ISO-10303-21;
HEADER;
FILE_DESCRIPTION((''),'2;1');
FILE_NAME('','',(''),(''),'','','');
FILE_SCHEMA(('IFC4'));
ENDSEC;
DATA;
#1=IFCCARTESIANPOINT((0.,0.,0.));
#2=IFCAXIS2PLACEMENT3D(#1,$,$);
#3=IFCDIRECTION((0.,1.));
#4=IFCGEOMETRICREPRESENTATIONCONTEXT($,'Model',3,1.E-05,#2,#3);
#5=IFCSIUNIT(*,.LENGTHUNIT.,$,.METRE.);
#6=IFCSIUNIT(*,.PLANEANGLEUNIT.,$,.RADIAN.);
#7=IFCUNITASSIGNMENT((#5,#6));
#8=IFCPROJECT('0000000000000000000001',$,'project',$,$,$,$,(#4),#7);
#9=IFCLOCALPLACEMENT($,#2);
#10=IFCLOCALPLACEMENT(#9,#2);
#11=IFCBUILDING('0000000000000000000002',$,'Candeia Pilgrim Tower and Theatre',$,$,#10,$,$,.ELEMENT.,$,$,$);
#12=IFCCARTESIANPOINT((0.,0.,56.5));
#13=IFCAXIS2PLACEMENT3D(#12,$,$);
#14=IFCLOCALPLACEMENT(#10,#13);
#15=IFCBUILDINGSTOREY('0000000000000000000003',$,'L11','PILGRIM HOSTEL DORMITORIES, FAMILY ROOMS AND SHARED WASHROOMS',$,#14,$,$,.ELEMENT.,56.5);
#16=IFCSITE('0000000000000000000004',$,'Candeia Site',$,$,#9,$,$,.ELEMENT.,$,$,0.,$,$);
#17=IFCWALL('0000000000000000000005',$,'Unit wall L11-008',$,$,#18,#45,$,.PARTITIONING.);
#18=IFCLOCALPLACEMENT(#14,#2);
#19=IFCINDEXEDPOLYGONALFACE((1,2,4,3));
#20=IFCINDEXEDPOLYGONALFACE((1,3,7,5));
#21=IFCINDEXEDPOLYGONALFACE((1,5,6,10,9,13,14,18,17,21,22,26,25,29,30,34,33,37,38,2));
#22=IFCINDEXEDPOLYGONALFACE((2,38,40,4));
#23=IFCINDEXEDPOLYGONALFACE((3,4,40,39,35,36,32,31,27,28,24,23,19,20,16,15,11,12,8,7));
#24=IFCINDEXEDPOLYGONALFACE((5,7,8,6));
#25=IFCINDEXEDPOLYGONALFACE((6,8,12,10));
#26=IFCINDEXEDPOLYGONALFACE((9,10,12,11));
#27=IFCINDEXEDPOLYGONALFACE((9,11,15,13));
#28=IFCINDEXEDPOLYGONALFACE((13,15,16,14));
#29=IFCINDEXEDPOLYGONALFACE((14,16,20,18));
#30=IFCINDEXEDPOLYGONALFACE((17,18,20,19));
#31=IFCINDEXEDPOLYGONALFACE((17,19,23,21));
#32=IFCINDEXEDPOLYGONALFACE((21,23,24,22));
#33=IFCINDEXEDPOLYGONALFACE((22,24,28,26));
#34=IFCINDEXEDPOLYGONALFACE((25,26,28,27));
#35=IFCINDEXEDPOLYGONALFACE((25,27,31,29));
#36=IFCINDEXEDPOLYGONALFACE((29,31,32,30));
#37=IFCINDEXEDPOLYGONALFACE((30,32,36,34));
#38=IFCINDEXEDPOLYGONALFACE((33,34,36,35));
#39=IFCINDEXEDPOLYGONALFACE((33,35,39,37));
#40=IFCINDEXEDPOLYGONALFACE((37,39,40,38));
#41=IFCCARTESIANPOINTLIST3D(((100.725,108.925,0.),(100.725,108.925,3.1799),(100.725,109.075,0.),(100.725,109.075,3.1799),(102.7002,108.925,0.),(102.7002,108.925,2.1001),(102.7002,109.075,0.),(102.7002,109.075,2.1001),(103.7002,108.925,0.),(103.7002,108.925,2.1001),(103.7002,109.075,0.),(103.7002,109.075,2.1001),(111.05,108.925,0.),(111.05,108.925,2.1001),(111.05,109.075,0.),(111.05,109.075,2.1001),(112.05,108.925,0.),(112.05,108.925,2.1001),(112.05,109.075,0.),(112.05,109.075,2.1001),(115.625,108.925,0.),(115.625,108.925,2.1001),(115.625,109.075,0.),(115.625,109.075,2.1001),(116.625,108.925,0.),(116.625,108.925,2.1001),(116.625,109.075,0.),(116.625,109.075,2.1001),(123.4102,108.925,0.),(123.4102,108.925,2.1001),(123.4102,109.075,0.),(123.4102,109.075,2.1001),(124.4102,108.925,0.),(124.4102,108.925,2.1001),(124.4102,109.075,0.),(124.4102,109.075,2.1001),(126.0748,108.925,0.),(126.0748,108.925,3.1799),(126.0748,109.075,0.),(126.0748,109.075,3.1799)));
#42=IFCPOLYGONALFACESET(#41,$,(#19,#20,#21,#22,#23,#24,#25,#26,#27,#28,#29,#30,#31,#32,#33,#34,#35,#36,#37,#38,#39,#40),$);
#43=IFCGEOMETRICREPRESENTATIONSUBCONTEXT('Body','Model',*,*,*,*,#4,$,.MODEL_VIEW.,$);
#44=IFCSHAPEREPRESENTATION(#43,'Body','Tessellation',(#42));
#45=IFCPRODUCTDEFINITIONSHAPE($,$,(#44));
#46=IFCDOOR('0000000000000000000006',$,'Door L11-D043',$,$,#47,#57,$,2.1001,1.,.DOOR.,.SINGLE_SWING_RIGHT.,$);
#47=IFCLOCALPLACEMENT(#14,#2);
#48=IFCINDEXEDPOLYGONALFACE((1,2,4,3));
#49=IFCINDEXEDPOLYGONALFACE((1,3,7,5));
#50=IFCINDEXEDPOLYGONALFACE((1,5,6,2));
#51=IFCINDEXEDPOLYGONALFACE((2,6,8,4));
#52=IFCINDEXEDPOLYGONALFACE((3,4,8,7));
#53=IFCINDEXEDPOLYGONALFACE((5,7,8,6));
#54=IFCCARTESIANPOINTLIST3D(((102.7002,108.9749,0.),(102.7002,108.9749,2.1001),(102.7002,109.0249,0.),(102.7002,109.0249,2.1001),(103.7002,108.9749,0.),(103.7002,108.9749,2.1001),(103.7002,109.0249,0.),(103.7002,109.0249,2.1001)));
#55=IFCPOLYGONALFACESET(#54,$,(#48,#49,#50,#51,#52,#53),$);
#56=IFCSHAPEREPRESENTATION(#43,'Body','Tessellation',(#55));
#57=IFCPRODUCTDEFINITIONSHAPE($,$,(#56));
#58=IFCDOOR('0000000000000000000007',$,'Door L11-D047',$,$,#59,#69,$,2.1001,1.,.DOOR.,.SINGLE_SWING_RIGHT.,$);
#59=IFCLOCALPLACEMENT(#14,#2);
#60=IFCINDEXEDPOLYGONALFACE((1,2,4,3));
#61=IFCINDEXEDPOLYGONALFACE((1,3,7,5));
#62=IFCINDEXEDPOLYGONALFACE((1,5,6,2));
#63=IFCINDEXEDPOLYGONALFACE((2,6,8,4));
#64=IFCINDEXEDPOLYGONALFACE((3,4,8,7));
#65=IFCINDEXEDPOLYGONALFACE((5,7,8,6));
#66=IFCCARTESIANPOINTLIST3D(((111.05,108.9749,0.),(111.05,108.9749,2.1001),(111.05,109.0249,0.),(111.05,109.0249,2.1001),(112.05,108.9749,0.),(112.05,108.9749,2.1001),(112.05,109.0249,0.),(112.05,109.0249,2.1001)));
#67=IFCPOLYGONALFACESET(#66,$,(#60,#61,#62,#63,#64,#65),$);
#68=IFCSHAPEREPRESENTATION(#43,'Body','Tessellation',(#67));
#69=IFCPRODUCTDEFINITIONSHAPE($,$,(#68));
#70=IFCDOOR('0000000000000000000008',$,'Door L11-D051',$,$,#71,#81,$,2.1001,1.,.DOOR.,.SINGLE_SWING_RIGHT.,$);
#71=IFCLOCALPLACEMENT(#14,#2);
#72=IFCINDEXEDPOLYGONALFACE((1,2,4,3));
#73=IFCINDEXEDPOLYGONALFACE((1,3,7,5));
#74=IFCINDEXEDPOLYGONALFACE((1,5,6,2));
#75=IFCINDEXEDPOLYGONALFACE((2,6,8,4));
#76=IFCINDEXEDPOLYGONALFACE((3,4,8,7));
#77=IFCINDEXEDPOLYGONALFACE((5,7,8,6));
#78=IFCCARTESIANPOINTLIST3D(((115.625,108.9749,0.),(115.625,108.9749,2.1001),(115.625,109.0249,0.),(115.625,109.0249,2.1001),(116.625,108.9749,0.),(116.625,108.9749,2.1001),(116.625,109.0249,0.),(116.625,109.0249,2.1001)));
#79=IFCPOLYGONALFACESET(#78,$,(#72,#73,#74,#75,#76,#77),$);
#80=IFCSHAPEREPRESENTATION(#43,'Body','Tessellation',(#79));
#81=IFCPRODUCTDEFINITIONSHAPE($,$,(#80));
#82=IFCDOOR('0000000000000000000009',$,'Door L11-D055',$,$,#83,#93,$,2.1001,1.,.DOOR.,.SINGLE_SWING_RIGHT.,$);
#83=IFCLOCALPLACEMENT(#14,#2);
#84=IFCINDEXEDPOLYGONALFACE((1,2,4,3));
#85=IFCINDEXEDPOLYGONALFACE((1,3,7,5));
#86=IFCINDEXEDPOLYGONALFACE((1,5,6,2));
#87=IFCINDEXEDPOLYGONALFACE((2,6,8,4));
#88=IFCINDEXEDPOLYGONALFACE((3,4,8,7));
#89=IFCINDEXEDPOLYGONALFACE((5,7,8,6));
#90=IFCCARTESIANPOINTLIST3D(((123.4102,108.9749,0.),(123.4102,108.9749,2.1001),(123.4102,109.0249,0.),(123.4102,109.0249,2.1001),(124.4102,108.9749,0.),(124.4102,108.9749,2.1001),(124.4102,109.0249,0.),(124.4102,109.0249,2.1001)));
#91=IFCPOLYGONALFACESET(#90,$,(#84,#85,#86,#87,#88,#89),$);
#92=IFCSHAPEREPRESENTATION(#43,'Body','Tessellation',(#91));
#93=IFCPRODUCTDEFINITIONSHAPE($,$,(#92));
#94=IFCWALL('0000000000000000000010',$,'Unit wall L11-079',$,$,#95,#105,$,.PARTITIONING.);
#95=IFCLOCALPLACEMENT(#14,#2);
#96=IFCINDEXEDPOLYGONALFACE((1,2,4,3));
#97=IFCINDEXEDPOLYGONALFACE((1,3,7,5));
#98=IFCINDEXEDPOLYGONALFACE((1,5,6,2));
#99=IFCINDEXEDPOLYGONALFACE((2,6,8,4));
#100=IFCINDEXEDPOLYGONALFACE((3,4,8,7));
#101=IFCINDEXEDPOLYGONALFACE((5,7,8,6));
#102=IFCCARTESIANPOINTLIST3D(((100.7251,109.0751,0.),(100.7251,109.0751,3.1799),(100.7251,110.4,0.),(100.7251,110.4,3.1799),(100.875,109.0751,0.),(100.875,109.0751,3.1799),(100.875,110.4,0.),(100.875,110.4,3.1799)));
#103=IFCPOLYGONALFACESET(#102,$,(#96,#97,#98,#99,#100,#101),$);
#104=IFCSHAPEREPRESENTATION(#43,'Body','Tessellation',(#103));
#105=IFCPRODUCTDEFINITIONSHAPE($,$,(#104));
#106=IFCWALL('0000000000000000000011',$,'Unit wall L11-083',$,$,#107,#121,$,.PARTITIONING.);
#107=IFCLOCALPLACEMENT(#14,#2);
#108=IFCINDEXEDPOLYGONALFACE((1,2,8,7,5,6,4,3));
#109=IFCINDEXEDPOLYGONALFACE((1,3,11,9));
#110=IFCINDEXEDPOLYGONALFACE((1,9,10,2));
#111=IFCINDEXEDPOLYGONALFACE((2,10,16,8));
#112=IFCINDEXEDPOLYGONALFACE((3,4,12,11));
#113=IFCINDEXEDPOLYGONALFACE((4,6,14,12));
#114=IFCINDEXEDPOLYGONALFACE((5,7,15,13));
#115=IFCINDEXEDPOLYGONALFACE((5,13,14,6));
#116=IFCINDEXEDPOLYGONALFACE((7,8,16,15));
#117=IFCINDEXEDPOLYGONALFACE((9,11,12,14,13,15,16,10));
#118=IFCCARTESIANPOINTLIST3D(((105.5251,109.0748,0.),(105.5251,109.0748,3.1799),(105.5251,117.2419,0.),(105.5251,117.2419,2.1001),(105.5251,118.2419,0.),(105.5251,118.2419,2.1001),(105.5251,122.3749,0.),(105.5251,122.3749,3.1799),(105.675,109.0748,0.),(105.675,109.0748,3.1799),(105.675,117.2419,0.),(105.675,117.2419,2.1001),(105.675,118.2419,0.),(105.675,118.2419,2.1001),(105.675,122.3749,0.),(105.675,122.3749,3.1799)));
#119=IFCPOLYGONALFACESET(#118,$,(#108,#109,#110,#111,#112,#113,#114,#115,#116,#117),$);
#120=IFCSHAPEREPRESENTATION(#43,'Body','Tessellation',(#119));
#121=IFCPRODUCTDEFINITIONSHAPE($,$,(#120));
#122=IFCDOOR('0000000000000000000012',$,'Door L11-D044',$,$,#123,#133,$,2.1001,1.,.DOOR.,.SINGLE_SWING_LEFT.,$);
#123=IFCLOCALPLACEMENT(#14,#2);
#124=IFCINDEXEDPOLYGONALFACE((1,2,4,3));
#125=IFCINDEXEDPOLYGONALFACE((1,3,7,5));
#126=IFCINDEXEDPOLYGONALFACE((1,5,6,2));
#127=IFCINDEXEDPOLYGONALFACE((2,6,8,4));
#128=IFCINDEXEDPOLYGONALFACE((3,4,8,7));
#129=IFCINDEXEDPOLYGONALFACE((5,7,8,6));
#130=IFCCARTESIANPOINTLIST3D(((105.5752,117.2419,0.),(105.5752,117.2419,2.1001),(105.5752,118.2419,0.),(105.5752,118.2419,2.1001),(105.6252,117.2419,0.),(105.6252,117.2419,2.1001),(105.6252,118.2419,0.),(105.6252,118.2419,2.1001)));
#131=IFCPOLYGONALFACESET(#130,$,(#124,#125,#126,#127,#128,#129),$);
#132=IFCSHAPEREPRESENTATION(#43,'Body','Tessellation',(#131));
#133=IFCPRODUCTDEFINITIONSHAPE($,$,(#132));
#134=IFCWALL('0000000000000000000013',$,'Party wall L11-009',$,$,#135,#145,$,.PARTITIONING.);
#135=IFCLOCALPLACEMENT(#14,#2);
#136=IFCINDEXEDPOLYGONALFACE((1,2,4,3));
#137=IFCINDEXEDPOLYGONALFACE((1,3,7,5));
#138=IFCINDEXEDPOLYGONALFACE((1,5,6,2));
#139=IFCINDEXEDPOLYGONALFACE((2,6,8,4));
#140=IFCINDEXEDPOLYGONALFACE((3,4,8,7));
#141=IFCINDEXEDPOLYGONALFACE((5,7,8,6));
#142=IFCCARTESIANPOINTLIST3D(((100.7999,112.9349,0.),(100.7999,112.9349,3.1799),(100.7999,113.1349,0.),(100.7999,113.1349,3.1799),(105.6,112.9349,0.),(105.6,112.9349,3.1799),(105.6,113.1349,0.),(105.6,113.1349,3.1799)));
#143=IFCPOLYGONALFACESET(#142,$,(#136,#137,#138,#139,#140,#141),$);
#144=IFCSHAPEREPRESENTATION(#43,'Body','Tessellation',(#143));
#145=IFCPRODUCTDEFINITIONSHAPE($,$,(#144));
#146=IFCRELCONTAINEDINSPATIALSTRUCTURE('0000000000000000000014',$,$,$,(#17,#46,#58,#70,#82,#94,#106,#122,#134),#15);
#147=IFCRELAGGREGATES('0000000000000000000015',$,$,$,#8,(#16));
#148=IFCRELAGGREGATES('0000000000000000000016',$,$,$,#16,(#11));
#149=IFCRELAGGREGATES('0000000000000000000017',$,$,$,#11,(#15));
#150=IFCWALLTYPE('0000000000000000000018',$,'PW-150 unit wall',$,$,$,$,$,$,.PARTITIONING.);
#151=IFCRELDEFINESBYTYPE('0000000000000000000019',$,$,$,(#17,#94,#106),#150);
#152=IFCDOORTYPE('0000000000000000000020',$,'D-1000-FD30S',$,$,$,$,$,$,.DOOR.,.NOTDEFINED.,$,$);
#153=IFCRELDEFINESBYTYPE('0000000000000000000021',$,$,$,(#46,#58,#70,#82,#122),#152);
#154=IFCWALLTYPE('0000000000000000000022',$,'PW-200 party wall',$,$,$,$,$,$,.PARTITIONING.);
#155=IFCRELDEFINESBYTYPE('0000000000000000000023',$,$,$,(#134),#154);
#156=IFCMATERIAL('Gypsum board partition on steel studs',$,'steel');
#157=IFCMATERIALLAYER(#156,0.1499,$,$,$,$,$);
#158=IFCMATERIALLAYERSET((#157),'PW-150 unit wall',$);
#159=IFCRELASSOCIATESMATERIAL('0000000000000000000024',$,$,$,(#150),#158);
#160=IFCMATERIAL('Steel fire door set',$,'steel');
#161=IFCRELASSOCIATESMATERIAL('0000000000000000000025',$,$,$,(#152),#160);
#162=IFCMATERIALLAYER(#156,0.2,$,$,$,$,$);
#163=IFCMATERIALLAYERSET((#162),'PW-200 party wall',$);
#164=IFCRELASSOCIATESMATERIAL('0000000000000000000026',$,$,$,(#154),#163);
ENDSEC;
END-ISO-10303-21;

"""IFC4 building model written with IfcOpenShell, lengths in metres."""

from ifc_helpers import new_model, si_unit, direction, frame, frame_2d, origin, place, context, subcontext, project, spatial, rectangle, extrude, material, layer, layer_set, type_object, element, fill, save


model = new_model("IFC4")

# Units and contexts
model_context = context("Model", 3, precision=1e-05, world=origin(), true_north=direction((0.0, 1.0)))
body_context = subcontext(model_context, "Body", "Model", "MODEL_VIEW")
ifc_project = project(units=[si_unit("LENGTHUNIT", "METRE"), si_unit("PLANEANGLEUNIT", "RADIAN")], contexts=[model_context])

# Site, building, storey
site_placement = place(None, origin())
site = spatial("IfcSite", under=ifc_project, at=site_placement, Name="Candeia Site", CompositionType="ELEMENT", RefElevation=0.0)
building_placement = place(site_placement, origin())
building = spatial("IfcBuilding", under=site, at=building_placement, Name="Candeia Pilgrim Tower and Theatre", CompositionType="ELEMENT")
storey_placement = place(building_placement, frame((0.0, 0.0, 56.5)))
storey = spatial("IfcBuildingStorey", under=building, at=storey_placement, Name="L11", Description="PILGRIM HOSTEL DORMITORIES, FAMILY ROOMS AND SHARED WASHROOMS", CompositionType="ELEMENT", Elevation=56.5)

# Shared definitions
ifc_material_1 = material(Name="Steel fire door set", Category="steel")

# Shared definitions
ifc_material_2 = material(Name="Gypsum board partition on steel studs", Category="steel")

# Wall, openings, doors
ifc_layer_1 = layer(ifc_material_2, 0.1499)
ifc_layer_set_1 = layer_set([ifc_layer_1], Name="PW-150 unit wall")
wall_type_1 = type_object("IfcWallType", Name="PW-150 unit wall", PredefinedType="PARTITIONING", material=ifc_layer_set_1)
wall_1_placement = place(storey_placement, frame((100.7251, 109.0, 0.0), z_axis=(0.0, 0.0, 1.0), x_axis=(1.0, 0.0, 0.0)))
wall_1 = element("IfcWall", 1, at=wall_1_placement, inside=storey, type_object=wall_type_1, Name="Unit wall L11-008", PredefinedType="PARTITIONING", context=body_context, shape_type="SweptSolid", body=[
    extrude(rectangle(XDim=25.3499, YDim=0.1499, at=frame_2d((12.6748, 0.0))), origin(), (0.0, 0.0, 1.0), 3.1799),
])
opening_1_placement = place(wall_1_placement, frame((1.9751, 0.0, 0.0)))
opening_1 = element("IfcOpeningElement", 2, at=opening_1_placement, cuts=wall_1, PredefinedType="OPENING", context=body_context, shape_type="SweptSolid", body=[
    extrude(rectangle(XDim=1.0, YDim=2.1001, at=frame_2d((0.5, 1.05))), frame((0.0, 0.085, 0.0), z_axis=(0.0, -1.0, 0.0), x_axis=(1.0, 0.0, 0.0)), (0.0, 0.0, 1.0), 0.1699),
])
opening_2_placement = place(wall_1_placement, frame((10.325, 0.0, 0.0)))
opening_2 = element("IfcOpeningElement", 3, at=opening_2_placement, cuts=wall_1, PredefinedType="OPENING", context=body_context, shape_type="SweptSolid", body=[
    extrude(rectangle(XDim=1.0, YDim=2.1001, at=frame_2d((0.5, 1.05))), frame((0.0, 0.085, 0.0), z_axis=(0.0, -1.0, 0.0), x_axis=(1.0, 0.0, 0.0)), (0.0, 0.0, 1.0), 0.1699),
])
opening_3_placement = place(wall_1_placement, frame((14.8999, 0.0, 0.0)))
opening_3 = element("IfcOpeningElement", 4, at=opening_3_placement, cuts=wall_1, PredefinedType="OPENING", context=body_context, shape_type="SweptSolid", body=[
    extrude(rectangle(XDim=1.0, YDim=2.1001, at=frame_2d((0.5, 1.05))), frame((0.0, 0.085, 0.0), z_axis=(0.0, -1.0, 0.0), x_axis=(1.0, 0.0, 0.0)), (0.0, 0.0, 1.0), 0.1699),
])
opening_4_placement = place(wall_1_placement, frame((22.6851, 0.0, 0.0)))
opening_4 = element("IfcOpeningElement", 5, at=opening_4_placement, cuts=wall_1, PredefinedType="OPENING", context=body_context, shape_type="SweptSolid", body=[
    extrude(rectangle(XDim=1.0, YDim=2.1001, at=frame_2d((0.5, 1.05))), frame((0.0, 0.085, 0.0), z_axis=(0.0, -1.0, 0.0), x_axis=(1.0, 0.0, 0.0)), (0.0, 0.0, 1.0), 0.1699),
])
door_type_1 = type_object("IfcDoorType", Name="D-1000-FD30S", OperationType="NOTDEFINED", PredefinedType="DOOR", material=ifc_material_1)
door_1_placement = place(opening_1_placement, origin())
door_1 = element("IfcDoor", 6, at=door_1_placement, inside=storey, type_object=door_type_1, Name="Door L11-D043", OperationType="SINGLE_SWING_RIGHT", OverallHeight=2.1001, OverallWidth=1.0, PredefinedType="DOOR", context=body_context, shape_type="SweptSolid", body=[
    extrude(rectangle(XDim=1.0, YDim=2.1001, at=frame_2d((0.5, 1.05))), frame((0.0, 0.0249, 0.0), z_axis=(0.0, -1.0, 0.0), x_axis=(1.0, 0.0, 0.0)), (0.0, 0.0, 1.0), 0.05),
])
fill(opening_1, door_1)
door_2_placement = place(opening_2_placement, origin())
door_2 = element("IfcDoor", 7, at=door_2_placement, inside=storey, type_object=door_type_1, Name="Door L11-D047", OperationType="SINGLE_SWING_RIGHT", OverallHeight=2.1001, OverallWidth=1.0, PredefinedType="DOOR", context=body_context, shape_type="SweptSolid", body=[
    extrude(rectangle(XDim=1.0, YDim=2.1001, at=frame_2d((0.5, 1.05))), frame((0.0, 0.0249, 0.0), z_axis=(0.0, -1.0, 0.0), x_axis=(1.0, 0.0, 0.0)), (0.0, 0.0, 1.0), 0.05),
])
fill(opening_2, door_2)
door_3_placement = place(opening_3_placement, origin())
door_3 = element("IfcDoor", 8, at=door_3_placement, inside=storey, type_object=door_type_1, Name="Door L11-D051", OperationType="SINGLE_SWING_RIGHT", OverallHeight=2.1001, OverallWidth=1.0, PredefinedType="DOOR", context=body_context, shape_type="SweptSolid", body=[
    extrude(rectangle(XDim=1.0, YDim=2.1001, at=frame_2d((0.5, 1.05))), frame((0.0, 0.0249, 0.0), z_axis=(0.0, -1.0, 0.0), x_axis=(1.0, 0.0, 0.0)), (0.0, 0.0, 1.0), 0.05),
])
fill(opening_3, door_3)
door_4_placement = place(opening_4_placement, origin())
door_4 = element("IfcDoor", 9, at=door_4_placement, inside=storey, type_object=door_type_1, Name="Door L11-D055", OperationType="SINGLE_SWING_RIGHT", OverallHeight=2.1001, OverallWidth=1.0, PredefinedType="DOOR", context=body_context, shape_type="SweptSolid", body=[
    extrude(rectangle(XDim=1.0, YDim=2.1001, at=frame_2d((0.5, 1.05))), frame((0.0, 0.0249, 0.0), z_axis=(0.0, -1.0, 0.0), x_axis=(1.0, 0.0, 0.0)), (0.0, 0.0, 1.0), 0.05),
])
fill(opening_4, door_4)

# Wall
wall_2_placement = place(storey_placement, frame((100.8, 109.075, 0.0), z_axis=(0.0, 0.0, 1.0), x_axis=(0.0, 1.0, 0.0)))
element("IfcWall", 10, at=wall_2_placement, inside=storey, type_object=wall_type_1, Name="Unit wall L11-079", PredefinedType="PARTITIONING", context=body_context, shape_type="SweptSolid", body=[
    extrude(rectangle(XDim=1.325, YDim=0.1499, at=frame_2d((0.6626, 0.0))), origin(), (0.0, 0.0, 1.0), 3.1799),
])

# Wall, opening, door
wall_3_placement = place(storey_placement, frame((105.6001, 109.075, 0.0), z_axis=(0.0, 0.0, 1.0), x_axis=(0.0, 1.0, 0.0)))
wall_3 = element("IfcWall", 11, at=wall_3_placement, inside=storey, type_object=wall_type_1, Name="Unit wall L11-083", PredefinedType="PARTITIONING", context=body_context, shape_type="SweptSolid", body=[
    extrude(rectangle(XDim=13.3, YDim=0.1499, at=frame_2d((6.6499, 0.0))), origin(), (0.0, 0.0, 1.0), 3.1799),
])
opening_5_placement = place(wall_3_placement, frame((8.167, 0.0, 0.0)))
opening_5 = element("IfcOpeningElement", 12, at=opening_5_placement, cuts=wall_3, PredefinedType="OPENING", context=body_context, shape_type="SweptSolid", body=[
    extrude(rectangle(XDim=1.0, YDim=2.1001, at=frame_2d((0.5, 1.05))), frame((0.0, 0.085, 0.0), z_axis=(0.0, -1.0, 0.0), x_axis=(1.0, 0.0, 0.0)), (0.0, 0.0, 1.0), 0.1699),
])
door_5_placement = place(opening_5_placement, origin())
door_5 = element("IfcDoor", 13, at=door_5_placement, inside=storey, type_object=door_type_1, Name="Door L11-D044", OperationType="SINGLE_SWING_LEFT", OverallHeight=2.1001, OverallWidth=1.0, PredefinedType="DOOR", context=body_context, shape_type="SweptSolid", body=[
    extrude(rectangle(XDim=1.0, YDim=2.1001, at=frame_2d((0.5, 1.05))), frame((0.0, 0.0249, 0.0), z_axis=(0.0, -1.0, 0.0), x_axis=(1.0, 0.0, 0.0)), (0.0, 0.0, 1.0), 0.05),
])
fill(opening_5, door_5)

# Wall
ifc_layer_2 = layer(ifc_material_2, 0.2)
ifc_layer_set_2 = layer_set([ifc_layer_2], Name="PW-200 party wall")
wall_type_2 = type_object("IfcWallType", Name="PW-200 party wall", PredefinedType="PARTITIONING", material=ifc_layer_set_2)
wall_4_placement = place(storey_placement, frame((100.8, 113.0349, 0.0), z_axis=(0.0, 0.0, 1.0), x_axis=(1.0, 0.0, 0.0)))
element("IfcWall", 14, at=wall_4_placement, inside=storey, type_object=wall_type_2, Name="Party wall L11-009", PredefinedType="PARTITIONING", context=body_context, shape_type="SweptSolid", body=[
    extrude(rectangle(XDim=4.8, YDim=0.2, at=frame_2d((2.3999, 0.0))), origin(), (0.0, 0.0, 1.0), 3.1799),
])

save(model, "model.ifc")
